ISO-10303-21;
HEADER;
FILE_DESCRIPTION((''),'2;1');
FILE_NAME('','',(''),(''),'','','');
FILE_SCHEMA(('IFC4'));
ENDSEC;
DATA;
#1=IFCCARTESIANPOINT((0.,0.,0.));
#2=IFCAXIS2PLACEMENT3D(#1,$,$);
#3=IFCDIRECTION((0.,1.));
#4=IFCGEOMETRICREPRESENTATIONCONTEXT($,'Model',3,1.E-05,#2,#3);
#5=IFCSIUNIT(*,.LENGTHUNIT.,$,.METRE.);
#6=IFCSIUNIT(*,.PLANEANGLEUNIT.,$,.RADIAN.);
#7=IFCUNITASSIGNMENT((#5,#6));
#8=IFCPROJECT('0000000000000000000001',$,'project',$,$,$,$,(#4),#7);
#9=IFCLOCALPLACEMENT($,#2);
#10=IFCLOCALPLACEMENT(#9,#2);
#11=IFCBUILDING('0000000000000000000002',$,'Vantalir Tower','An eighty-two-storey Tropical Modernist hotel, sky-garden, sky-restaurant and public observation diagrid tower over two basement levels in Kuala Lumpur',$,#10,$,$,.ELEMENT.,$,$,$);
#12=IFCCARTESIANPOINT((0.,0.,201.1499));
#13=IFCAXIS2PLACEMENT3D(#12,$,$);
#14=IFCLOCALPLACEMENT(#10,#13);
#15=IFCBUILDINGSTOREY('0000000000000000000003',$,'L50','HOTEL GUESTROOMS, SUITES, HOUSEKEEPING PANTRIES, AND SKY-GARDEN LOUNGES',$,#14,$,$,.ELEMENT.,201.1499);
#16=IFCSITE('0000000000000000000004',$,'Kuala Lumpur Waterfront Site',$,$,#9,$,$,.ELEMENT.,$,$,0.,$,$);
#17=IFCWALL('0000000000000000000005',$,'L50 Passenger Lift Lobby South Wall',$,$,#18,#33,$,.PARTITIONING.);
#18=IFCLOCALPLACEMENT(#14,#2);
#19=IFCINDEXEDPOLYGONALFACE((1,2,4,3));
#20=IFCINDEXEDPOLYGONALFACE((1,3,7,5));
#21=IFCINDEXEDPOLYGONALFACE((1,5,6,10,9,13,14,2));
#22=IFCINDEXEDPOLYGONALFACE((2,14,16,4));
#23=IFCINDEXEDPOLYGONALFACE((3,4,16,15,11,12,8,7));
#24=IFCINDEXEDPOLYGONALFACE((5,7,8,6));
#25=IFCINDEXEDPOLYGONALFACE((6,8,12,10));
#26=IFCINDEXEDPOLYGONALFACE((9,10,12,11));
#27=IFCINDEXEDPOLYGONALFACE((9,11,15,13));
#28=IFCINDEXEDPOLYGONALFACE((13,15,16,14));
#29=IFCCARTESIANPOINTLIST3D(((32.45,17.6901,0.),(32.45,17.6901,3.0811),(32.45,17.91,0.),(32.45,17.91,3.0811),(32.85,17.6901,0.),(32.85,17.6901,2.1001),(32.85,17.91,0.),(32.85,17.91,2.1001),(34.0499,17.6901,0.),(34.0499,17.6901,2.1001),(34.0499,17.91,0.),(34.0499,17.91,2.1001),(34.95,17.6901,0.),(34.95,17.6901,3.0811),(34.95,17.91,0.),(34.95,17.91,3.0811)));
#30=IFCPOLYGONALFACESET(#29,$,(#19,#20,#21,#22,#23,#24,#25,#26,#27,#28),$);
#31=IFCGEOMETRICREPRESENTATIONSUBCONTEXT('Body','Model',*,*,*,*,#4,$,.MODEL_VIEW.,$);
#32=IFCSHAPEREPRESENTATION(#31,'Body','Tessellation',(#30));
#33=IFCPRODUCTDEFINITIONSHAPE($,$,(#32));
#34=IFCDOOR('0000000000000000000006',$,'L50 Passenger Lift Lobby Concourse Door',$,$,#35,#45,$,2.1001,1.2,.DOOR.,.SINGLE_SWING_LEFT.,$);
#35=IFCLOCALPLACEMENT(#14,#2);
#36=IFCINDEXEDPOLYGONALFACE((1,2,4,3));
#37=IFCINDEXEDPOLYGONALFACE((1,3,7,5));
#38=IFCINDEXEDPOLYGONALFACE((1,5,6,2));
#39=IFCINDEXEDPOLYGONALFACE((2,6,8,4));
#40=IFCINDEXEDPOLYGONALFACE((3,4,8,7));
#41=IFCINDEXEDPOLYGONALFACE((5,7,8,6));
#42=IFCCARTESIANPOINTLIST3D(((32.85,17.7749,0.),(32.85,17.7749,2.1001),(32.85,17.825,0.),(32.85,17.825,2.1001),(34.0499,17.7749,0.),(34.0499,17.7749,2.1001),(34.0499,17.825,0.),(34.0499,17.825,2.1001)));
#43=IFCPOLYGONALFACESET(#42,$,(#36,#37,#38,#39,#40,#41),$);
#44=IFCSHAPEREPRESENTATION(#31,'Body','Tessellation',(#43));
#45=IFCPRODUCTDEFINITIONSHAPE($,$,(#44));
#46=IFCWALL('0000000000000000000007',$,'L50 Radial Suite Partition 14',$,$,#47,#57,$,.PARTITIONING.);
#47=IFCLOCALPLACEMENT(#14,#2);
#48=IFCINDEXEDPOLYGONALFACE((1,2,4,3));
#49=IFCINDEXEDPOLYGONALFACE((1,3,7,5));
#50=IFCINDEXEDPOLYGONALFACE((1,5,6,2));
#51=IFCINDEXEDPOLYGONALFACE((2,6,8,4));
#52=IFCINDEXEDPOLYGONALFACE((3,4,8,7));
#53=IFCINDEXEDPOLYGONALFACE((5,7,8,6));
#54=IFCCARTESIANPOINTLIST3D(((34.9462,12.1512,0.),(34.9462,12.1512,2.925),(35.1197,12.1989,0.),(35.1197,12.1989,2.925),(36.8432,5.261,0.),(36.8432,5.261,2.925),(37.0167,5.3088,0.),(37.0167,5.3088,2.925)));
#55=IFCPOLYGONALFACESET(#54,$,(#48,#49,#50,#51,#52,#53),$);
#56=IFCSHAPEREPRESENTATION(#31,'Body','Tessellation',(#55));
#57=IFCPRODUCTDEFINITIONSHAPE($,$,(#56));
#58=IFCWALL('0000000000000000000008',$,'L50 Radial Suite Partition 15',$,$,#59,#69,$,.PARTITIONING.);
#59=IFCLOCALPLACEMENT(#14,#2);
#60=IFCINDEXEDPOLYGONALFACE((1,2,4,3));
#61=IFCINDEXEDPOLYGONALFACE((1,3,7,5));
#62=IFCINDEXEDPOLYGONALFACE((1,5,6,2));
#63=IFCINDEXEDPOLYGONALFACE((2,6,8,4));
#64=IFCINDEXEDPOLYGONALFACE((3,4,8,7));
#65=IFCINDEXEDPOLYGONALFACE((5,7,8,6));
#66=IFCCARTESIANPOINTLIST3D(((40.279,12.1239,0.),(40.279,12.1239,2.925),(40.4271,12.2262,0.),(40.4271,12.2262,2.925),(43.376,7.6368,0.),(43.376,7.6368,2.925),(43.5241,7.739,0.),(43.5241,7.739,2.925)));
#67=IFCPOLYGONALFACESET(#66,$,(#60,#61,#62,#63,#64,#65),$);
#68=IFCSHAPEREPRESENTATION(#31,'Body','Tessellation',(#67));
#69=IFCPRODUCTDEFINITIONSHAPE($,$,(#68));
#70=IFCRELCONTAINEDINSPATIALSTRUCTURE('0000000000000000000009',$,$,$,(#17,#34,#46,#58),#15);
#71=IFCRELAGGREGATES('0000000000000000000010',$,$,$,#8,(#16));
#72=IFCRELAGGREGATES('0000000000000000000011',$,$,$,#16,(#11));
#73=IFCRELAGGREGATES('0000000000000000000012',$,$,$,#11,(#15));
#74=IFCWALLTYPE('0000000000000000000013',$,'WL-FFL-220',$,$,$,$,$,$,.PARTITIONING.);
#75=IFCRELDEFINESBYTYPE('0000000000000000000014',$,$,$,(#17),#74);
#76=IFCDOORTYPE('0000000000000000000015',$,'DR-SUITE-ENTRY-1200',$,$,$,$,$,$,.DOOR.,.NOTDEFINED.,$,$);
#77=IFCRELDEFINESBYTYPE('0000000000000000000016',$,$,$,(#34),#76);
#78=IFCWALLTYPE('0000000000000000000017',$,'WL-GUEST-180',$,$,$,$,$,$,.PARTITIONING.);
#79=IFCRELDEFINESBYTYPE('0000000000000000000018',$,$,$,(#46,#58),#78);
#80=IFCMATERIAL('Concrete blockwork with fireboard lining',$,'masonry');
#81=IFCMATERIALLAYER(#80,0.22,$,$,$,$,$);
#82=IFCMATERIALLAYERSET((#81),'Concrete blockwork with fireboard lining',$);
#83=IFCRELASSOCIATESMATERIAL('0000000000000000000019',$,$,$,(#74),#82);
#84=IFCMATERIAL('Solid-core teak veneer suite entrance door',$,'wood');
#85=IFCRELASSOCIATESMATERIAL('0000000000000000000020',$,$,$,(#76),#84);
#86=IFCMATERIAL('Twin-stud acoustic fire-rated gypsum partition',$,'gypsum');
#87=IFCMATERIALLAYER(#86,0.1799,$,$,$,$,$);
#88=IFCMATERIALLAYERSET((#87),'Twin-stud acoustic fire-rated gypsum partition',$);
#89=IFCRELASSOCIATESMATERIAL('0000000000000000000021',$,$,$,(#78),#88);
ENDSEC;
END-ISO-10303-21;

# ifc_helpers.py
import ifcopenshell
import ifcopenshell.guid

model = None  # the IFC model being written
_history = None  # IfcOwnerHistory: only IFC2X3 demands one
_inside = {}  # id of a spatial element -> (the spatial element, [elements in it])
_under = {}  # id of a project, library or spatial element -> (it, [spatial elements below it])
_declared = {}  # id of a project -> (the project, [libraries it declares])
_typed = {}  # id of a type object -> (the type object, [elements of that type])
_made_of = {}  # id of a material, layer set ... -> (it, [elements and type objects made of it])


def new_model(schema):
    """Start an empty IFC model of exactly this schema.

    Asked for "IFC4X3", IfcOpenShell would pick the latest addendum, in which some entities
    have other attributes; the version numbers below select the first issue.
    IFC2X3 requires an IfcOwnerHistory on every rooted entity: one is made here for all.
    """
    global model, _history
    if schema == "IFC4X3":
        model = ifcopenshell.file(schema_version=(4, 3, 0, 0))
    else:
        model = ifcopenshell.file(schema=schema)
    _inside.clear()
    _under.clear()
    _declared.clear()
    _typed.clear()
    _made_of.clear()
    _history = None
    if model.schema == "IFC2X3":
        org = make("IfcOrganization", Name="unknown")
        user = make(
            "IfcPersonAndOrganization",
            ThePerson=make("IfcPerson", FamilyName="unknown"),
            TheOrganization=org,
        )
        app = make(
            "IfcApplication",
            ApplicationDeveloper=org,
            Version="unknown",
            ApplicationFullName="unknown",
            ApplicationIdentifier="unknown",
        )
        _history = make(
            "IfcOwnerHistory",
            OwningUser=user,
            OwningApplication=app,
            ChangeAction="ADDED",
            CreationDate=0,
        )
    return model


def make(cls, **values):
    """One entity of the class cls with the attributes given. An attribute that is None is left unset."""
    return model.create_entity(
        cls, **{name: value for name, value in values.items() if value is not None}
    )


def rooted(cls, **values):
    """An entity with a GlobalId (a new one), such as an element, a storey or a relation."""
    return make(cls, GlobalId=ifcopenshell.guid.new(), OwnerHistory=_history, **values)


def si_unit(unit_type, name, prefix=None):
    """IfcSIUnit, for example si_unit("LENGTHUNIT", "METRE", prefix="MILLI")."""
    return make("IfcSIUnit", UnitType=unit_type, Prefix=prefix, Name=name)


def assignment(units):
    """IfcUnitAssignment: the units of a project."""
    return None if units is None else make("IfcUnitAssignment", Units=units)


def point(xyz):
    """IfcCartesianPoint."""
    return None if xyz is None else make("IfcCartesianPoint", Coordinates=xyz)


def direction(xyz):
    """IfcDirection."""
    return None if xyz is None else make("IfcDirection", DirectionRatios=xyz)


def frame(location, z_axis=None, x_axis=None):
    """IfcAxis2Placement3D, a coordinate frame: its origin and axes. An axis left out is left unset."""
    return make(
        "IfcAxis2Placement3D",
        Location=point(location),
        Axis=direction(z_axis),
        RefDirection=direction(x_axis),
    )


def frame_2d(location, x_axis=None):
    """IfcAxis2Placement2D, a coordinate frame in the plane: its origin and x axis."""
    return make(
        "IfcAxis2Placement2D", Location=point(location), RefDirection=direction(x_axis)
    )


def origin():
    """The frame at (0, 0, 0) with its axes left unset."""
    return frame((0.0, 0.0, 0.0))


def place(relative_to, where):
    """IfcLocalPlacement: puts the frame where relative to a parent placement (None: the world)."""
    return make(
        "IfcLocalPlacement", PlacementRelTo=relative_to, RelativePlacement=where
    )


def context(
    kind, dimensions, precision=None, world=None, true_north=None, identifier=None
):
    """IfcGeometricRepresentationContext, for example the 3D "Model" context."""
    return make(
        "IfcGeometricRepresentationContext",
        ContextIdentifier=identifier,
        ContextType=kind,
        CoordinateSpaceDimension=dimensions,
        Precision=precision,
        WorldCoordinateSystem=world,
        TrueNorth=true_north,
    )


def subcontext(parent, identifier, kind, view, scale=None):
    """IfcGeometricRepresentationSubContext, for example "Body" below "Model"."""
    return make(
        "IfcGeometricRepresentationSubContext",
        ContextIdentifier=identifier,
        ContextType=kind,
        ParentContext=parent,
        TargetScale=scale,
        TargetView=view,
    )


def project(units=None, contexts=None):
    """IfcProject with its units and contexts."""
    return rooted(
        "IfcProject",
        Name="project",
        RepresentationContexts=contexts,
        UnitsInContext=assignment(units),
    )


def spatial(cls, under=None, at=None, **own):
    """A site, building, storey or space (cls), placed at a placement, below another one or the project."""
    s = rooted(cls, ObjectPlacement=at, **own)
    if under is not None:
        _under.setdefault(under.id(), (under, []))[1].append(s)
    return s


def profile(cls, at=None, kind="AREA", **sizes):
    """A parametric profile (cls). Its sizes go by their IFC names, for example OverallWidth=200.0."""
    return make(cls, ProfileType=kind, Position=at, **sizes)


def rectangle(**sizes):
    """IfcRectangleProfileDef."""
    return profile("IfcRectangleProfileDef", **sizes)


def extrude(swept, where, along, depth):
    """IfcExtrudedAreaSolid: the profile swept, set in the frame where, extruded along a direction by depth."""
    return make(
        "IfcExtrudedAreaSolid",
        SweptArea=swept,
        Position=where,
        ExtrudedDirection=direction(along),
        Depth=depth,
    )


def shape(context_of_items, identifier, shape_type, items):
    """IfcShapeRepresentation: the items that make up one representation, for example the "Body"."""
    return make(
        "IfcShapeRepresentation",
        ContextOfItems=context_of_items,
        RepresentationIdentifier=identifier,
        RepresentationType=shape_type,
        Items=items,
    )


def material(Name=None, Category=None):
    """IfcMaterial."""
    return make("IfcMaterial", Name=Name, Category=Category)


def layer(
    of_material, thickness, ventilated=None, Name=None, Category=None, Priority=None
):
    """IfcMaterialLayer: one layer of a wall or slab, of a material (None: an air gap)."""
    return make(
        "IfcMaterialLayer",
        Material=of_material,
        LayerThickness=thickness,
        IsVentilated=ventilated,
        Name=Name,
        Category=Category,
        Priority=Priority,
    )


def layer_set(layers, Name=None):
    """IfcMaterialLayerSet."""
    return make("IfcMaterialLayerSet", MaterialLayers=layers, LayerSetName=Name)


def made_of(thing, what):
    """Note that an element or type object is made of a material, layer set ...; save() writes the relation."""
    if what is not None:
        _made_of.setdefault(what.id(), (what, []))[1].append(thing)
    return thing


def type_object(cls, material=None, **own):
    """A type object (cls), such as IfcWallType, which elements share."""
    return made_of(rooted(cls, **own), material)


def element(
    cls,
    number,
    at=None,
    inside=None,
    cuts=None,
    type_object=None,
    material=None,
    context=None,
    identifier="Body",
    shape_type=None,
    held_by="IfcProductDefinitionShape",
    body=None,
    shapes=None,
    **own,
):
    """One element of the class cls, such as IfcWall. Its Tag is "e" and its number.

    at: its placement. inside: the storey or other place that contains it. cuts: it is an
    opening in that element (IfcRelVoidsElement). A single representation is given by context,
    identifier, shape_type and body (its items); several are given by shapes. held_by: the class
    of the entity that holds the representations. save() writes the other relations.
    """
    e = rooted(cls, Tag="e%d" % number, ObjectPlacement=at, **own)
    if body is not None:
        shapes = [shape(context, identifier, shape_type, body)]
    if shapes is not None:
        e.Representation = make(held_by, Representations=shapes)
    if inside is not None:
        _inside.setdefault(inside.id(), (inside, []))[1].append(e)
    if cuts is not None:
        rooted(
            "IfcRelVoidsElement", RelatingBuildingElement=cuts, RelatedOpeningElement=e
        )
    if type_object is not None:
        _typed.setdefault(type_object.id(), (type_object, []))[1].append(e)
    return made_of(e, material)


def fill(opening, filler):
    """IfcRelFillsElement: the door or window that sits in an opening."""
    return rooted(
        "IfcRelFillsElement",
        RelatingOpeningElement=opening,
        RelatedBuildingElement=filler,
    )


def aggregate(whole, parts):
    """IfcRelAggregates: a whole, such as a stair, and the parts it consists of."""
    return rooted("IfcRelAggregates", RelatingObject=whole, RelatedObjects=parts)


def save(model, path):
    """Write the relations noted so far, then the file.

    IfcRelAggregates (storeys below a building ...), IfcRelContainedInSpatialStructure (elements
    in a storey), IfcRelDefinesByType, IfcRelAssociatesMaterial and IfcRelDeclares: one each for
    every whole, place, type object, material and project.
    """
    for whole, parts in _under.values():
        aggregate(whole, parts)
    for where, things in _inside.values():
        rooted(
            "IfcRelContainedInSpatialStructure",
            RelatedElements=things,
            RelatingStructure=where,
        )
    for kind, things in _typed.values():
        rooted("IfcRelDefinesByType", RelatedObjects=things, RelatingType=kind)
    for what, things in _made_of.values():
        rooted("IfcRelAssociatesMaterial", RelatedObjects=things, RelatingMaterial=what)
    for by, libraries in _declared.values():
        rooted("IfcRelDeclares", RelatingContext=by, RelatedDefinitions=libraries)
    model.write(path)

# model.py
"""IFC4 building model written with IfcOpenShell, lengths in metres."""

from ifc_helpers import new_model, si_unit, direction, frame, frame_2d, origin, place, context, subcontext, project, spatial, rectangle, extrude, material, layer, layer_set, type_object, element, fill, save


model = new_model("IFC4")

# Units and contexts
model_context = context("Model", 3, precision=1e-05, world=origin(), true_north=direction((0.0, 1.0)))
body_context = subcontext(model_context, "Body", "Model", "MODEL_VIEW")
ifc_project = project(units=[si_unit("LENGTHUNIT", "METRE"), si_unit("PLANEANGLEUNIT", "RADIAN")], contexts=[model_context])

# Site, building, storey
site_placement = place(None, origin())
site = spatial("IfcSite", under=ifc_project, at=site_placement, Name="Kuala Lumpur Waterfront Site", CompositionType="ELEMENT", RefElevation=0.0)
building_placement = place(site_placement, origin())
building = spatial("IfcBuilding", under=site, at=building_placement, Name="Vantalir Tower", Description="An eighty-two-storey Tropical Modernist hotel, sky-garden, sky-restaurant and public observation diagrid tower over two basement levels in Kuala Lumpur", CompositionType="ELEMENT")
storey_placement = place(building_placement, frame((0.0, 0.0, 201.1499)))
storey = spatial("IfcBuildingStorey", under=building, at=storey_placement, Name="L50", Description="HOTEL GUESTROOMS, SUITES, HOUSEKEEPING PANTRIES, AND SKY-GARDEN LOUNGES", CompositionType="ELEMENT", Elevation=201.1499)

# Wall, opening, door
ifc_material_1 = material(Name="Concrete blockwork with fireboard lining", Category="masonry")
ifc_layer_1 = layer(ifc_material_1, 0.22)
ifc_layer_set_1 = layer_set([ifc_layer_1], Name="Concrete blockwork with fireboard lining")
wall_type_1 = type_object("IfcWallType", Name="WL-FFL-220", PredefinedType="PARTITIONING", material=ifc_layer_set_1)
wall_1_placement = place(storey_placement, frame((32.45, 17.8, 0.0), z_axis=(0.0, 0.0, 1.0), x_axis=(1.0, 0.0, 0.0)))
wall_1 = element("IfcWall", 1, at=wall_1_placement, inside=storey, type_object=wall_type_1, Name="L50 Passenger Lift Lobby South Wall", PredefinedType="PARTITIONING", context=body_context, shape_type="SweptSolid", body=[
    extrude(rectangle(XDim=2.5, YDim=0.22, at=frame_2d((1.25, 0.0))), origin(), (0.0, 0.0, 1.0), 3.0811),
])
opening_1_placement = place(wall_1_placement, frame((0.3999, 0.0, 0.0)))
opening_1 = element("IfcOpeningElement", 2, at=opening_1_placement, cuts=wall_1, PredefinedType="OPENING", context=body_context, shape_type="SweptSolid", body=[
    extrude(rectangle(XDim=1.2, YDim=2.1001, at=frame_2d((0.6001, 1.05))), frame((0.0, 0.1199, 0.0), z_axis=(0.0, -1.0, 0.0), x_axis=(1.0, 0.0, 0.0)), (0.0, 0.0, 1.0), 0.24),
])
ifc_material_2 = material(Name="Solid-core teak veneer suite entrance door", Category="wood")
door_type_1 = type_object("IfcDoorType", Name="DR-SUITE-ENTRY-1200", OperationType="NOTDEFINED", PredefinedType="DOOR", material=ifc_material_2)
door_1_placement = place(opening_1_placement, origin())
door_1 = element("IfcDoor", 3, at=door_1_placement, inside=storey, type_object=door_type_1, Name="L50 Passenger Lift Lobby Concourse Door", OperationType="SINGLE_SWING_LEFT", OverallHeight=2.1001, OverallWidth=1.2, PredefinedType="DOOR", context=body_context, shape_type="SweptSolid", body=[
    extrude(rectangle(XDim=1.2, YDim=2.1001, at=frame_2d((0.6001, 1.05))), frame((0.0, 0.0249, 0.0), z_axis=(0.0, -1.0, 0.0), x_axis=(1.0, 0.0, 0.0)), (0.0, 0.0, 1.0), 0.05),
])
fill(opening_1, door_1)

# Walls
ifc_material_3 = material(Name="Twin-stud acoustic fire-rated gypsum partition", Category="gypsum")
ifc_layer_2 = layer(ifc_material_3, 0.1799)
ifc_layer_set_2 = layer_set([ifc_layer_2], Name="Twin-stud acoustic fire-rated gypsum partition")
wall_type_2 = type_object("IfcWallType", Name="WL-GUEST-180", PredefinedType="PARTITIONING", material=ifc_layer_set_2)
wall_2_placement = place(storey_placement, frame((35.033, 12.175, 0.0), z_axis=(0.0, 0.0, 1.0), x_axis=(0.265441, -0.964127, 0.0)))
element("IfcWall", 4, at=wall_2_placement, inside=storey, type_object=wall_type_2, Name="L50 Radial Suite Partition 14", PredefinedType="PARTITIONING", context=body_context, shape_type="SweptSolid", body=[
    extrude(rectangle(XDim=7.1465, YDim=0.1799, at=frame_2d((3.5732, 0.0))), origin(), (0.0, 0.0, 1.0), 2.925),
])
wall_3_placement = place(storey_placement, frame((40.353, 12.175, 0.0), z_axis=(0.0, 0.0, 1.0), x_axis=(0.568031, -0.823007, 0.0)))
element("IfcWall", 5, at=wall_3_placement, inside=storey, type_object=wall_type_2, Name="L50 Radial Suite Partition 15", PredefinedType="PARTITIONING", context=body_context, shape_type="SweptSolid", body=[
    extrude(rectangle(XDim=5.4521, YDim=0.1799, at=frame_2d((2.7261, 0.0))), origin(), (0.0, 0.0, 1.0), 2.925),
])

save(model, "model.ifc")
